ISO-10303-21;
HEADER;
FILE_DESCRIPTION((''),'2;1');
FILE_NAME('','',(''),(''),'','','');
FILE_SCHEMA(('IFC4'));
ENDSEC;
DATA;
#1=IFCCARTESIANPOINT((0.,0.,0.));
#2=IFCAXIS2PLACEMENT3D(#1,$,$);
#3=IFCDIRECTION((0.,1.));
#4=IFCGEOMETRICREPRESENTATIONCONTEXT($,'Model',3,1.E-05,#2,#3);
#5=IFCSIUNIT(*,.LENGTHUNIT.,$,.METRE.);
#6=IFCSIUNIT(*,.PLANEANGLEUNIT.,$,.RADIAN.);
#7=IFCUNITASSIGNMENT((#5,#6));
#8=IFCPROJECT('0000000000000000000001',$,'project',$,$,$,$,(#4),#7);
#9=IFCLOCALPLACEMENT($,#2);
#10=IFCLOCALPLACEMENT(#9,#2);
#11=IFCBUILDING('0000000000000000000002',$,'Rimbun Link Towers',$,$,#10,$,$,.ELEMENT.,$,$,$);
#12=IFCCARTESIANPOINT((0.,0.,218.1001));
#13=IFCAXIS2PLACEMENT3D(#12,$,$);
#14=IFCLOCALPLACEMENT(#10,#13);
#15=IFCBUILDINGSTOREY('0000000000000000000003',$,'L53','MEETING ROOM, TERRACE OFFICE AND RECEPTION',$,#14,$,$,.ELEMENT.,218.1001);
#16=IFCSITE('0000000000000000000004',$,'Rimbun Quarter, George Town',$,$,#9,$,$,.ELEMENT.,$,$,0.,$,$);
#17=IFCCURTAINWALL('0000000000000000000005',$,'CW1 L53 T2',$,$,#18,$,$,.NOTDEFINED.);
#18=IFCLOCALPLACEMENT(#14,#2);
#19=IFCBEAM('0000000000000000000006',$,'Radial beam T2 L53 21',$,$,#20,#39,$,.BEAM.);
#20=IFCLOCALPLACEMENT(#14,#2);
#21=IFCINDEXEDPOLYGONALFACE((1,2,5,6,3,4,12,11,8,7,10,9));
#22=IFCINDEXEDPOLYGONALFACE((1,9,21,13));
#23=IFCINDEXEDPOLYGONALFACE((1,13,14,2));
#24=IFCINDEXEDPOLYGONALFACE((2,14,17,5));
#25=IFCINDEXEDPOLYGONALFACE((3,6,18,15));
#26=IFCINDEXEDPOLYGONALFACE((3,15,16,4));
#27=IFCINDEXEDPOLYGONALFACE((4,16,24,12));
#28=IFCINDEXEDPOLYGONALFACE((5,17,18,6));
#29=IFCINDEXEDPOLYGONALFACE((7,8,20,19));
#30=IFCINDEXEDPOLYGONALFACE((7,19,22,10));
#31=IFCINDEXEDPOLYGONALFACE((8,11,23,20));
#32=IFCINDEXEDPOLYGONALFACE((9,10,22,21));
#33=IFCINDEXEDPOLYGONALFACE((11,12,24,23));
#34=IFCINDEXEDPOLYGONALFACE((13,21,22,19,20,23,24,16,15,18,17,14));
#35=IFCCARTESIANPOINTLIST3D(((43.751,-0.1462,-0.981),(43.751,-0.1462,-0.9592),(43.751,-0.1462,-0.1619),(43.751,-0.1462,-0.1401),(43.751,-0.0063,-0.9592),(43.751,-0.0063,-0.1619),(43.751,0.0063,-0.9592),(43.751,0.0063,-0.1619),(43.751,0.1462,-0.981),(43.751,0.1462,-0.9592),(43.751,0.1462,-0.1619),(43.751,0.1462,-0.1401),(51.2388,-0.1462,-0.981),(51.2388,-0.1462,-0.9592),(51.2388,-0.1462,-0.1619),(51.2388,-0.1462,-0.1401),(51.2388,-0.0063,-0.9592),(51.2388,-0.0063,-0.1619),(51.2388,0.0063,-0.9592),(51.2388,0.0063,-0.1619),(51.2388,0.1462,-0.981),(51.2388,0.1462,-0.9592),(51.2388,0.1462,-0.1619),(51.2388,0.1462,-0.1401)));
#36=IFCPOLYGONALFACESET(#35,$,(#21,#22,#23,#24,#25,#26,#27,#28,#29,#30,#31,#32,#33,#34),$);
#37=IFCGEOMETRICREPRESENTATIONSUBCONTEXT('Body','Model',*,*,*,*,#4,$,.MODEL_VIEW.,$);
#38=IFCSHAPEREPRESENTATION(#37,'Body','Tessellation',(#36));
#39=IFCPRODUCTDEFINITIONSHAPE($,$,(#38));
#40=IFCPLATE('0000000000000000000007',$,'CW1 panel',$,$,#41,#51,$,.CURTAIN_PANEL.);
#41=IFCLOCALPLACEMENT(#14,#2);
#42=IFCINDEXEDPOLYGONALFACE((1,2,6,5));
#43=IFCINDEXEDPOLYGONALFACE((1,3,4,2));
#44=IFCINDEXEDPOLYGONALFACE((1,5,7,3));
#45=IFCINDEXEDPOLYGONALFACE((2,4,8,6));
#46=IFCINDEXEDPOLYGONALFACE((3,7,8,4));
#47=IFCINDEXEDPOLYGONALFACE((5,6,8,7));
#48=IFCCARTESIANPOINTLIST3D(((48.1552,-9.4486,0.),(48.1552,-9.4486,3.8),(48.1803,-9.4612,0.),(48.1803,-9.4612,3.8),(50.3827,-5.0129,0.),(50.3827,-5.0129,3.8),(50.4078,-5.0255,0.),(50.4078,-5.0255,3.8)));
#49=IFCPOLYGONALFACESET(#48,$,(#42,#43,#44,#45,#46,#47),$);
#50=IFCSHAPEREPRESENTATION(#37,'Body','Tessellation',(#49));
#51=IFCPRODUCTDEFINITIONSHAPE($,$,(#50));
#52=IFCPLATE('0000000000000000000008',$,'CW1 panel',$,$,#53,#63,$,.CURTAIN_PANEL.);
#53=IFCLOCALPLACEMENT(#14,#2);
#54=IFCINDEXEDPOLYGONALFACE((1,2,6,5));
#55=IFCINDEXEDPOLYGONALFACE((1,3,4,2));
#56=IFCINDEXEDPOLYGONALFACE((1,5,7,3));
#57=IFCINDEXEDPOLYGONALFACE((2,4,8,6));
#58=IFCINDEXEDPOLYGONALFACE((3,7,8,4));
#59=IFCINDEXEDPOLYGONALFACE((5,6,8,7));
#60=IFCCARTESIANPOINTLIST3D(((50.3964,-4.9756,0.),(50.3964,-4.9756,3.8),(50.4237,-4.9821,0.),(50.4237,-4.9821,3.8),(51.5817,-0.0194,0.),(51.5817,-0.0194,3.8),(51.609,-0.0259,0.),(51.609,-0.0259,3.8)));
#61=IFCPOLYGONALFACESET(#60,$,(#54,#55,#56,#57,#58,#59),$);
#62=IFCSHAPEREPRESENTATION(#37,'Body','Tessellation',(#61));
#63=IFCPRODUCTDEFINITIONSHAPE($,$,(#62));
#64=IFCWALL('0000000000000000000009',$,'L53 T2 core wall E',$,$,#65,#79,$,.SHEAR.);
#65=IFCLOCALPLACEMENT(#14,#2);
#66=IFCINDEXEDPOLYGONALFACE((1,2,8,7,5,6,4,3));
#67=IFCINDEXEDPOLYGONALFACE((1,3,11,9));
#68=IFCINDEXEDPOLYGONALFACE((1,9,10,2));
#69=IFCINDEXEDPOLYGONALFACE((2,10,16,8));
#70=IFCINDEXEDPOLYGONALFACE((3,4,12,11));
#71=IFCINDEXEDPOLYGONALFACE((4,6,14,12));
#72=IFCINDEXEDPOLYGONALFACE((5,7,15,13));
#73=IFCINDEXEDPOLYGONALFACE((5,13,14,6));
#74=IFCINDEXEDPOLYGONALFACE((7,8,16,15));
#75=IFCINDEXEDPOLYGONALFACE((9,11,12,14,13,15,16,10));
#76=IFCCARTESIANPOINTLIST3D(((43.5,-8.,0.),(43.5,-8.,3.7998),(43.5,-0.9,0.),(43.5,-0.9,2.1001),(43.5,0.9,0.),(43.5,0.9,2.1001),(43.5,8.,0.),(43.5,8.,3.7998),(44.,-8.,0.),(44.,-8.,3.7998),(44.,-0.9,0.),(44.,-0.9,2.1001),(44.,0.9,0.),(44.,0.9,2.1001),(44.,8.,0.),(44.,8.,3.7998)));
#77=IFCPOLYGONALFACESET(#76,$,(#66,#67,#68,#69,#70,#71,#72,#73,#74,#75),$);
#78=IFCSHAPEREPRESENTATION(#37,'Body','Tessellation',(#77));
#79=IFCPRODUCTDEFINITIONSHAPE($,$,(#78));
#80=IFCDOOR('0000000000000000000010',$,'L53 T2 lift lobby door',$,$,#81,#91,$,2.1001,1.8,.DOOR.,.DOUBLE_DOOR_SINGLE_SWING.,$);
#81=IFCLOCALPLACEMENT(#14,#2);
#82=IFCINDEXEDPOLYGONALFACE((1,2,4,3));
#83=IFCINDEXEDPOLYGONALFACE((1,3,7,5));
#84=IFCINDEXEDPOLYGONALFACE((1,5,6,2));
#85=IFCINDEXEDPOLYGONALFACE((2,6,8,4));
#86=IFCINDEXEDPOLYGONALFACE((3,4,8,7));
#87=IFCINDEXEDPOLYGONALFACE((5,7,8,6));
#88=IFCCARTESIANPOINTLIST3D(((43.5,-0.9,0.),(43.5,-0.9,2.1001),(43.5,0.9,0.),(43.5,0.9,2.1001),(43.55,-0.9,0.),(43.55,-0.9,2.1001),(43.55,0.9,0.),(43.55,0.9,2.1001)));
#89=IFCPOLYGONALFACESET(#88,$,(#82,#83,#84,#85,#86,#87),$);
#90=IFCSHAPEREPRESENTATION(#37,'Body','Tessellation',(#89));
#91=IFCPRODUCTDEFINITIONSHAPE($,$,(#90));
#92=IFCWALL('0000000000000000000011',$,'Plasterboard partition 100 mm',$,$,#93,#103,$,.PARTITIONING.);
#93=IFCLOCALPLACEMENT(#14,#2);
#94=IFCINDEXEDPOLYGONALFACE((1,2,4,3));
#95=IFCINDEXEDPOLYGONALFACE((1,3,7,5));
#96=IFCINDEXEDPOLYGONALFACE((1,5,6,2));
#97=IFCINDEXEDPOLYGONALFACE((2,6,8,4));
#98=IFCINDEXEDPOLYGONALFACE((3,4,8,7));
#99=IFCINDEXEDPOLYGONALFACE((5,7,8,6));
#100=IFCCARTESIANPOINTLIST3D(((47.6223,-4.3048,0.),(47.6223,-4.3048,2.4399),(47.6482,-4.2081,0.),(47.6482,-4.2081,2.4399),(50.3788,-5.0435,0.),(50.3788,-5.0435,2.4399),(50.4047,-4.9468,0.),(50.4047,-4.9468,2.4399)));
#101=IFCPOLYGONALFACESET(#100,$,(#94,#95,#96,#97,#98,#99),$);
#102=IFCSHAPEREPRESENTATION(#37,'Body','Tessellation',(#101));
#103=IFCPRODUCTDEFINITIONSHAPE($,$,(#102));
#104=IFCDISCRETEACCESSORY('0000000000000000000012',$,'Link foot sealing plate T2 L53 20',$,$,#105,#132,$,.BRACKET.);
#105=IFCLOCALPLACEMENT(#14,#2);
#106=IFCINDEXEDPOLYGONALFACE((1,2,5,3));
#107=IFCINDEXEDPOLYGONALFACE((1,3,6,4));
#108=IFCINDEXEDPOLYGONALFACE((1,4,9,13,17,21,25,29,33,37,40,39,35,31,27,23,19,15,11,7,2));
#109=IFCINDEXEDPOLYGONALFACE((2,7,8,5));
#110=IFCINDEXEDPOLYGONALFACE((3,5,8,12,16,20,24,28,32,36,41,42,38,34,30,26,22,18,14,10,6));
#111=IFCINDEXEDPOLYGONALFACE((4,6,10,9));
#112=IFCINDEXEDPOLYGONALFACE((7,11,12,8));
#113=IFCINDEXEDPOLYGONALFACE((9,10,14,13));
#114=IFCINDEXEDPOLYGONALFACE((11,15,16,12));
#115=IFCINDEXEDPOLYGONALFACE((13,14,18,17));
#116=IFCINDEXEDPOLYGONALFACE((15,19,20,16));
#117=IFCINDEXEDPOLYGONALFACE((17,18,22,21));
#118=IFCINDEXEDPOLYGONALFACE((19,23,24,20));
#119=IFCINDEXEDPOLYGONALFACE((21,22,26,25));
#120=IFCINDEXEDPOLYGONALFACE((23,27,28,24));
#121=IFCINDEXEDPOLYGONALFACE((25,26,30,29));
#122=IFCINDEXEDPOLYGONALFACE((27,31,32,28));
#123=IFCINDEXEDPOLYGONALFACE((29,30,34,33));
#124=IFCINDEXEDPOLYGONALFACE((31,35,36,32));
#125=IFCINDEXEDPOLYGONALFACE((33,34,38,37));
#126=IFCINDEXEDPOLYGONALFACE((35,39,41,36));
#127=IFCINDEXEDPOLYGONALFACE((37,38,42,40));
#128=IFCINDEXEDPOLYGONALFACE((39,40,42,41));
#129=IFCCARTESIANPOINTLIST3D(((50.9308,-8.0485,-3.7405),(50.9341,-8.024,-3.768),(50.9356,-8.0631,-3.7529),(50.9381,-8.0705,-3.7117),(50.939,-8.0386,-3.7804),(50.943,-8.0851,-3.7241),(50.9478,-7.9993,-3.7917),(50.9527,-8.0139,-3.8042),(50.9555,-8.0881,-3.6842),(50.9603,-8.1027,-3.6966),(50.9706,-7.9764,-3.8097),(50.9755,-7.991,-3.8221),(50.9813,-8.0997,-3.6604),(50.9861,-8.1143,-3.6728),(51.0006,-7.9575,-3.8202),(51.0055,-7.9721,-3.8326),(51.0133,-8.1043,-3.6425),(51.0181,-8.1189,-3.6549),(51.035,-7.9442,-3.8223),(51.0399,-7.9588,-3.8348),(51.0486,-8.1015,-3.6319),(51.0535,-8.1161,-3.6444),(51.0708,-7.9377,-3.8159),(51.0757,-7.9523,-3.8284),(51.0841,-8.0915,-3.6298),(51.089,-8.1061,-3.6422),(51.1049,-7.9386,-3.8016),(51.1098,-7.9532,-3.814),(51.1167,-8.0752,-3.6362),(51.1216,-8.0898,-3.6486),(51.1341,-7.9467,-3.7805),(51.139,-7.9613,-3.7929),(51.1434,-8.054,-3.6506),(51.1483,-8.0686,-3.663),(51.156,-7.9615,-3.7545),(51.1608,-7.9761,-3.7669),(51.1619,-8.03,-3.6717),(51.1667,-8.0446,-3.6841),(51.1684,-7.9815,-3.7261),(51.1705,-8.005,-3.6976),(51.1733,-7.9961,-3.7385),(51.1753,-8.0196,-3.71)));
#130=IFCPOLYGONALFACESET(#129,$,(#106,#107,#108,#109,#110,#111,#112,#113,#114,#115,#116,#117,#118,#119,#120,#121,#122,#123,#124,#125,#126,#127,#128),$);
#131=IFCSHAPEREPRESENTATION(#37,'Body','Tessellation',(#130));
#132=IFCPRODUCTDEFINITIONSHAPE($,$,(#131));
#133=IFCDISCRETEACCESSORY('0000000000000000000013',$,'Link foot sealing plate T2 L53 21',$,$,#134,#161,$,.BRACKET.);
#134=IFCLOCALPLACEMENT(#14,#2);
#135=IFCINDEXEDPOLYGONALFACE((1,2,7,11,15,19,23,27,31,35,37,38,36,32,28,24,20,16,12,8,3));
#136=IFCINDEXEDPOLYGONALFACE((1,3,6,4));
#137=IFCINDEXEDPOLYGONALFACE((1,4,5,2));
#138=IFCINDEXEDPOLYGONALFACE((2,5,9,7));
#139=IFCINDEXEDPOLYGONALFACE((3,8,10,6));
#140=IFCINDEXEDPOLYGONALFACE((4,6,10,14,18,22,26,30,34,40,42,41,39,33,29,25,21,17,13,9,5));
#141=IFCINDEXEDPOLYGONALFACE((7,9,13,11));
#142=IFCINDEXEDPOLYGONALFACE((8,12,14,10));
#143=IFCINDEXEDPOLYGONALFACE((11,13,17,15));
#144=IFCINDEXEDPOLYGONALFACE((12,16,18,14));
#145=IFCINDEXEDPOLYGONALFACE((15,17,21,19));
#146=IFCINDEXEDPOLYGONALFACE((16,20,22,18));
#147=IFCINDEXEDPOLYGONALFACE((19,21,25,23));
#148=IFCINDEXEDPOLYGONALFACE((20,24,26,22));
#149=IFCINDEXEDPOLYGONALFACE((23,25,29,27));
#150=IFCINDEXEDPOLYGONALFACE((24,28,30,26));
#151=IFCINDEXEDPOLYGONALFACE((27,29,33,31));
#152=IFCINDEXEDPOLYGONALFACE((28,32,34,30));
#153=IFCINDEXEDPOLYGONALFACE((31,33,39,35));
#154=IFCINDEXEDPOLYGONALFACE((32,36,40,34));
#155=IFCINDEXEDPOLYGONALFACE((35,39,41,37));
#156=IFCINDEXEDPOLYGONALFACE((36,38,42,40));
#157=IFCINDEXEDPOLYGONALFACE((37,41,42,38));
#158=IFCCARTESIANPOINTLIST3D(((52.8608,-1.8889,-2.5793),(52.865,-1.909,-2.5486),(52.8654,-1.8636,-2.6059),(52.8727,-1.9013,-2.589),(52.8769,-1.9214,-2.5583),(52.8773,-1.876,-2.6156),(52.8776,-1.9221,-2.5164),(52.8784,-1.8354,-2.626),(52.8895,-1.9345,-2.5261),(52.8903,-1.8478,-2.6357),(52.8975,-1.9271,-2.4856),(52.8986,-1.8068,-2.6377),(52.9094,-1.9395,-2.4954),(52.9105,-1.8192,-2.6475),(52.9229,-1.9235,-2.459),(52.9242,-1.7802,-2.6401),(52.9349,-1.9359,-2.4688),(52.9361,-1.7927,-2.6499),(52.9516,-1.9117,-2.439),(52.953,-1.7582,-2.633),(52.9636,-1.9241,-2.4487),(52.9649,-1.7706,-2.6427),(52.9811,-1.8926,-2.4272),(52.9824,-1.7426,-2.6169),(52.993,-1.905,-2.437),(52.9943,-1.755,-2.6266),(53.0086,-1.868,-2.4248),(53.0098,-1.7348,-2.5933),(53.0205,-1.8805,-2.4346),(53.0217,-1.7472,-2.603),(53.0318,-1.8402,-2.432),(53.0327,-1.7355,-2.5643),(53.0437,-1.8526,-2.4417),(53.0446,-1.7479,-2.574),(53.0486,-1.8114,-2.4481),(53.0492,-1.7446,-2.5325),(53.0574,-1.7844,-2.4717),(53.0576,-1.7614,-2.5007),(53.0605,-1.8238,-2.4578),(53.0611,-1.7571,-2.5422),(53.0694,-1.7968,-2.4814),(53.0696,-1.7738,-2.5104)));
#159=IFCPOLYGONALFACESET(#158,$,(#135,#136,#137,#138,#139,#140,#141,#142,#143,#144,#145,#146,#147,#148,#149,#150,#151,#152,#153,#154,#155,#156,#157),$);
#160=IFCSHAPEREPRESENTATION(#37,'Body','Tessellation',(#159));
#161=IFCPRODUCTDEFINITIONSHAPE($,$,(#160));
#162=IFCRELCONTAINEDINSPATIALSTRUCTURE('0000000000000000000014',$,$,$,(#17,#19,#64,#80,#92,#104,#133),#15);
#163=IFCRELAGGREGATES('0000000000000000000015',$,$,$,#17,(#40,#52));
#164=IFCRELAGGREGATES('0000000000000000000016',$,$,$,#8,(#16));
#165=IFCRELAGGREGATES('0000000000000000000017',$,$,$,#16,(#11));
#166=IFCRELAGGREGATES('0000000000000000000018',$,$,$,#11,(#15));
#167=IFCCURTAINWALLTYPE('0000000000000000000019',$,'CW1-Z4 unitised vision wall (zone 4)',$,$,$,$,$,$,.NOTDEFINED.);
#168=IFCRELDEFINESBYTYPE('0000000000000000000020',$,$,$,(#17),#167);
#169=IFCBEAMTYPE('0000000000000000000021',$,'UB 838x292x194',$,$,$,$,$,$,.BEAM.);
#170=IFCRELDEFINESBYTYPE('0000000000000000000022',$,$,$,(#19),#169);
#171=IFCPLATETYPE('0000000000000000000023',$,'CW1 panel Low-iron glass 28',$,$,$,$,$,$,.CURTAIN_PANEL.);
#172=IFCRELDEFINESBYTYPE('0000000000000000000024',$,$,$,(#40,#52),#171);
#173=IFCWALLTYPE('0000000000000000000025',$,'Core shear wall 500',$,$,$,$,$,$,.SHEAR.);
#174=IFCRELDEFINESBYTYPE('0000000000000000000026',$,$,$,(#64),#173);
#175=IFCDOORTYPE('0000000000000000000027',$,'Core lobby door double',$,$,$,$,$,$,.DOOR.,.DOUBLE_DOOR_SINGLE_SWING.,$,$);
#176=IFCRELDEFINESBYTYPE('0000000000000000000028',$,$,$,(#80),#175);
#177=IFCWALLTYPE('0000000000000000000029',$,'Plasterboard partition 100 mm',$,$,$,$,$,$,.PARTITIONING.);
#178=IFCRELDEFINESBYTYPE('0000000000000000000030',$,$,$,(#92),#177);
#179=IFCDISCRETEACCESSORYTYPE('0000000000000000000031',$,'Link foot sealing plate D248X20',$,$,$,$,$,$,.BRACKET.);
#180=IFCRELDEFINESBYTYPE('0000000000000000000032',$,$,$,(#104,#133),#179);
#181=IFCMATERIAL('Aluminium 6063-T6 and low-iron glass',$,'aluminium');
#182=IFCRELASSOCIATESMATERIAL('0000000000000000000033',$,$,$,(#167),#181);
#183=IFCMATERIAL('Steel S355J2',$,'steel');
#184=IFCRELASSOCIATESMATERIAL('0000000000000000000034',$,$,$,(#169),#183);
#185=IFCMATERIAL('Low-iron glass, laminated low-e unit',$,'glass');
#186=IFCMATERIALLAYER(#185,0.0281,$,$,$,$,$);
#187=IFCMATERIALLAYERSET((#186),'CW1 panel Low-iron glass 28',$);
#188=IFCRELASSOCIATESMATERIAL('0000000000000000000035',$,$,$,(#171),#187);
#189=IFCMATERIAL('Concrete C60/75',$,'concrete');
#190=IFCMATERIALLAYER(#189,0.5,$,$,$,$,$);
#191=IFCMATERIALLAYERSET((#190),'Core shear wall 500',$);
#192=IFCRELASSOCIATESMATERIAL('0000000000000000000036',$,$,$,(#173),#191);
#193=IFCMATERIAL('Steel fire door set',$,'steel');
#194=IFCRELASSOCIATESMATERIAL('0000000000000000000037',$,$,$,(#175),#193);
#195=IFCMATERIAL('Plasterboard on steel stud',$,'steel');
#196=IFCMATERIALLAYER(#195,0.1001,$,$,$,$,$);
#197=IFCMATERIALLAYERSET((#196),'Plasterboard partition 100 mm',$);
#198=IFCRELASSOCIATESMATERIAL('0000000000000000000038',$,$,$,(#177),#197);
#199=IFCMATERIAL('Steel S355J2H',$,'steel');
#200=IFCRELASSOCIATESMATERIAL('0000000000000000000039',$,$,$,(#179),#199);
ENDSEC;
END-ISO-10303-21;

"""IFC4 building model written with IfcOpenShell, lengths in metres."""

from ifc_helpers import new_model, si_unit, direction, frame, frame_2d, origin, origin_2d, place, context, subcontext, project, spatial, rectangle, circle, i_section, extrude, material, layer, layer_set, material_profile, profile_set, type_object, element, fill, aggregate, save


model = new_model("IFC4")

# Units and contexts
model_context = context("Model", 3, precision=1e-05, world=origin(), true_north=direction((0.0, 1.0)))
body_context = subcontext(model_context, "Body", "Model", "MODEL_VIEW")
ifc_project = project(units=[si_unit("LENGTHUNIT", "METRE"), si_unit("PLANEANGLEUNIT", "RADIAN")], contexts=[model_context])

# Site, building, storey
site_placement = place(None, origin())
site = spatial("IfcSite", under=ifc_project, at=site_placement, Name="Rimbun Quarter, George Town", CompositionType="ELEMENT", RefElevation=0.0)
building_placement = place(site_placement, origin())
building = spatial("IfcBuilding", under=site, at=building_placement, Name="Rimbun Link Towers", CompositionType="ELEMENT")
storey_placement = place(building_placement, frame((0.0, 0.0, 218.1001)))
storey = spatial("IfcBuildingStorey", under=building, at=storey_placement, Name="L53", Description="MEETING ROOM, TERRACE OFFICE AND RECEPTION", CompositionType="ELEMENT", Elevation=218.1001)

# Curtain wall
ifc_material_1 = material(Name="Aluminium 6063-T6 and low-iron glass", Category="aluminium")
curtain_wall_type = type_object("IfcCurtainWallType", Name="CW1-Z4 unitised vision wall (zone 4)", PredefinedType="NOTDEFINED", material=ifc_material_1)
curtain_wall_placement = place(storey_placement, origin())
curtain_wall = element("IfcCurtainWall", 1, at=curtain_wall_placement, inside=storey, type_object=curtain_wall_type, Name="CW1 L53 T2", PredefinedType="NOTDEFINED")

# Beam
ifc_material_2 = material(Name="Steel S355J2", Category="steel")
ifc_material_profile_1 = material_profile(ifc_material_2, i_section(OverallWidth=0.2925, OverallDepth=0.8408, WebThickness=0.0127, FlangeThickness=0.0217, at=origin_2d()), Name="UB 838x292x194")
ifc_profile_set_1 = profile_set([ifc_material_profile_1], Name="Steel S355J2")
beam_type_1 = type_object("IfcBeamType", Name="UB 838x292x194", PredefinedType="BEAM", material=ifc_profile_set_1)
beam_1_placement = place(storey_placement, frame((43.751, 0.0, -0.5605), z_axis=(1.0, 0.0, 0.0), x_axis=(0.0, 1.0, 0.0)))
element("IfcBeam", 2, at=beam_1_placement, inside=storey, type_object=beam_type_1, Name="Radial beam T2 L53 21", PredefinedType="BEAM", context=body_context, shape_type="SweptSolid", body=[
    extrude(i_section(OverallWidth=0.2925, OverallDepth=0.8408, WebThickness=0.0127, FlangeThickness=0.0217, at=origin_2d()), origin(), (0.0, 0.0, 1.0), 7.4878),
])

# Plates
ifc_material_3 = material(Name="Low-iron glass, laminated low-e unit", Category="glass")
ifc_layer_1 = layer(ifc_material_3, 0.0281)
ifc_layer_set_1 = layer_set([ifc_layer_1], Name="CW1 panel Low-iron glass 28")
plate_type = type_object("IfcPlateType", Name="CW1 panel Low-iron glass 28", PredefinedType="CURTAIN_PANEL", material=ifc_layer_set_1)
plate_1_placement = place(storey_placement, frame((49.2815, -7.2371, 0.0), z_axis=(0.0, 0.0, 1.0), x_axis=(-0.448764, -0.89365, 0.0)))
plate_1 = element("IfcPlate", 3, at=plate_1_placement, type_object=plate_type, Name="CW1 panel", PredefinedType="CURTAIN_PANEL", context=body_context, shape_type="SweptSolid", body=[
    extrude(rectangle(XDim=4.9636, YDim=0.0281, at=origin_2d()), origin(), (0.0, 0.0, 1.0), 3.8),
])
plate_2_placement = place(storey_placement, frame((51.0027, -2.5007, 0.0), z_axis=(0.0, 0.0, 1.0), x_axis=(-0.2326, -0.972573, 0.0)))
plate_2 = element("IfcPlate", 4, at=plate_2_placement, type_object=plate_type, Name="CW1 panel", PredefinedType="CURTAIN_PANEL", context=body_context, shape_type="SweptSolid", body=[
    extrude(rectangle(XDim=5.0959, YDim=0.0281, at=origin_2d()), origin(), (0.0, 0.0, 1.0), 3.8),
])
aggregate(curtain_wall, [plate_1, plate_2])

# Wall, opening, door
ifc_material_4 = material(Name="Concrete C60/75", Category="concrete")
ifc_layer_2 = layer(ifc_material_4, 0.5)
ifc_layer_set_2 = layer_set([ifc_layer_2], Name="Core shear wall 500")
wall_type_1 = type_object("IfcWallType", Name="Core shear wall 500", PredefinedType="SHEAR", material=ifc_layer_set_2)
wall_1_placement = place(storey_placement, frame((43.75, -8.0, 0.0), z_axis=(0.0, 0.0, 1.0), x_axis=(0.0, 1.0, 0.0)))
wall_1 = element("IfcWall", 5, at=wall_1_placement, inside=storey, type_object=wall_type_1, Name="L53 T2 core wall E", PredefinedType="SHEAR", context=body_context, shape_type="SweptSolid", body=[
    extrude(rectangle(XDim=16.0, YDim=0.5, at=frame_2d((8.0, 0.0))), origin(), (0.0, 0.0, 1.0), 3.7998),
])
opening_placement = place(wall_1_placement, frame((7.1001, 0.0, 0.0)))
opening = element("IfcOpeningElement", 6, at=opening_placement, cuts=wall_1, PredefinedType="OPENING", context=body_context, shape_type="SweptSolid", body=[
    extrude(rectangle(XDim=1.8, YDim=2.1001, at=frame_2d((0.8999, 1.05))), frame((0.0, 0.26, 0.0), z_axis=(0.0, -1.0, 0.0), x_axis=(1.0, 0.0, 0.0)), (0.0, 0.0, 1.0), 0.52),
])
ifc_material_5 = material(Name="Steel fire door set", Category="steel")
door_type = type_object("IfcDoorType", Name="Core lobby door double", OperationType="DOUBLE_DOOR_SINGLE_SWING", PredefinedType="DOOR", material=ifc_material_5)
door_placement = place(opening_placement, origin())
door = element("IfcDoor", 7, at=door_placement, inside=storey, type_object=door_type, Name="L53 T2 lift lobby door", OperationType="DOUBLE_DOOR_SINGLE_SWING", OverallHeight=2.1001, OverallWidth=1.8, PredefinedType="DOOR", context=body_context, shape_type="SweptSolid", body=[
    extrude(rectangle(XDim=1.8, YDim=2.1001, at=frame_2d((0.8999, 1.05))), frame((0.0, 0.25, 0.0), z_axis=(0.0, -1.0, 0.0), x_axis=(1.0, 0.0, 0.0)), (0.0, 0.0, 1.0), 0.05),
])
fill(opening, door)

# Wall
ifc_material_6 = material(Name="Plasterboard on steel stud", Category="steel")
ifc_layer_3 = layer(ifc_material_6, 0.1001)
ifc_layer_set_3 = layer_set([ifc_layer_3], Name="Plasterboard partition 100 mm")
wall_type_2 = type_object("IfcWallType", Name="Plasterboard partition 100 mm", PredefinedType="PARTITIONING", material=ifc_layer_set_3)
wall_2_placement = place(storey_placement, frame((50.3916, -4.9951, 0.0), z_axis=(0.0, 0.0, 1.0), x_axis=(-0.965913, 0.258866, 0.0)))
element("IfcWall", 8, at=wall_2_placement, inside=storey, type_object=wall_type_2, Name="Plasterboard partition 100 mm", PredefinedType="PARTITIONING", context=body_context, shape_type="SweptSolid", body=[
    extrude(rectangle(XDim=2.8538, YDim=0.1001, at=frame_2d((1.4268, 0.0))), origin(), (0.0, 0.0, 1.0), 2.4399),
])

# Discrete accessories
ifc_material_7 = material(Name="Steel S355J2H", Category="steel")
ifc_material_profile_2 = material_profile(ifc_material_7, circle(Radius=0.124, at=origin_2d()), Name="PL D248")
ifc_profile_set_2 = profile_set([ifc_material_profile_2], Name="Steel S355J2H")
discrete_accessory_type = type_object("IfcDiscreteAccessoryType", Name="Link foot sealing plate D248X20", PredefinedType="BRACKET", material=ifc_profile_set_2)
for number, where, z_axis, x_axis, name in (
    (9, (51.0508, -8.0208, -3.7261), (0.246164, -0.738493, -0.627719), (0.948683, 0.316228, 0.0), "Link foot sealing plate T2 L53 20"),
    (10, (52.9597, -1.8306, -2.5325), (0.603057, -0.627672, -0.492291), (0.721105, 0.692826, 0.0), "Link foot sealing plate T2 L53 21"),
):
    element("IfcDiscreteAccessory", number, at=place(storey_placement, frame(where, z_axis=z_axis, x_axis=x_axis)), inside=storey, type_object=discrete_accessory_type, Name=name, PredefinedType="BRACKET", context=body_context, shape_type="SweptSolid", body=[
        extrude(circle(Radius=0.124, at=origin_2d()), origin(), (0.0, 0.0, 1.0), 0.0198),
    ])

save(model, "model.ifc")
